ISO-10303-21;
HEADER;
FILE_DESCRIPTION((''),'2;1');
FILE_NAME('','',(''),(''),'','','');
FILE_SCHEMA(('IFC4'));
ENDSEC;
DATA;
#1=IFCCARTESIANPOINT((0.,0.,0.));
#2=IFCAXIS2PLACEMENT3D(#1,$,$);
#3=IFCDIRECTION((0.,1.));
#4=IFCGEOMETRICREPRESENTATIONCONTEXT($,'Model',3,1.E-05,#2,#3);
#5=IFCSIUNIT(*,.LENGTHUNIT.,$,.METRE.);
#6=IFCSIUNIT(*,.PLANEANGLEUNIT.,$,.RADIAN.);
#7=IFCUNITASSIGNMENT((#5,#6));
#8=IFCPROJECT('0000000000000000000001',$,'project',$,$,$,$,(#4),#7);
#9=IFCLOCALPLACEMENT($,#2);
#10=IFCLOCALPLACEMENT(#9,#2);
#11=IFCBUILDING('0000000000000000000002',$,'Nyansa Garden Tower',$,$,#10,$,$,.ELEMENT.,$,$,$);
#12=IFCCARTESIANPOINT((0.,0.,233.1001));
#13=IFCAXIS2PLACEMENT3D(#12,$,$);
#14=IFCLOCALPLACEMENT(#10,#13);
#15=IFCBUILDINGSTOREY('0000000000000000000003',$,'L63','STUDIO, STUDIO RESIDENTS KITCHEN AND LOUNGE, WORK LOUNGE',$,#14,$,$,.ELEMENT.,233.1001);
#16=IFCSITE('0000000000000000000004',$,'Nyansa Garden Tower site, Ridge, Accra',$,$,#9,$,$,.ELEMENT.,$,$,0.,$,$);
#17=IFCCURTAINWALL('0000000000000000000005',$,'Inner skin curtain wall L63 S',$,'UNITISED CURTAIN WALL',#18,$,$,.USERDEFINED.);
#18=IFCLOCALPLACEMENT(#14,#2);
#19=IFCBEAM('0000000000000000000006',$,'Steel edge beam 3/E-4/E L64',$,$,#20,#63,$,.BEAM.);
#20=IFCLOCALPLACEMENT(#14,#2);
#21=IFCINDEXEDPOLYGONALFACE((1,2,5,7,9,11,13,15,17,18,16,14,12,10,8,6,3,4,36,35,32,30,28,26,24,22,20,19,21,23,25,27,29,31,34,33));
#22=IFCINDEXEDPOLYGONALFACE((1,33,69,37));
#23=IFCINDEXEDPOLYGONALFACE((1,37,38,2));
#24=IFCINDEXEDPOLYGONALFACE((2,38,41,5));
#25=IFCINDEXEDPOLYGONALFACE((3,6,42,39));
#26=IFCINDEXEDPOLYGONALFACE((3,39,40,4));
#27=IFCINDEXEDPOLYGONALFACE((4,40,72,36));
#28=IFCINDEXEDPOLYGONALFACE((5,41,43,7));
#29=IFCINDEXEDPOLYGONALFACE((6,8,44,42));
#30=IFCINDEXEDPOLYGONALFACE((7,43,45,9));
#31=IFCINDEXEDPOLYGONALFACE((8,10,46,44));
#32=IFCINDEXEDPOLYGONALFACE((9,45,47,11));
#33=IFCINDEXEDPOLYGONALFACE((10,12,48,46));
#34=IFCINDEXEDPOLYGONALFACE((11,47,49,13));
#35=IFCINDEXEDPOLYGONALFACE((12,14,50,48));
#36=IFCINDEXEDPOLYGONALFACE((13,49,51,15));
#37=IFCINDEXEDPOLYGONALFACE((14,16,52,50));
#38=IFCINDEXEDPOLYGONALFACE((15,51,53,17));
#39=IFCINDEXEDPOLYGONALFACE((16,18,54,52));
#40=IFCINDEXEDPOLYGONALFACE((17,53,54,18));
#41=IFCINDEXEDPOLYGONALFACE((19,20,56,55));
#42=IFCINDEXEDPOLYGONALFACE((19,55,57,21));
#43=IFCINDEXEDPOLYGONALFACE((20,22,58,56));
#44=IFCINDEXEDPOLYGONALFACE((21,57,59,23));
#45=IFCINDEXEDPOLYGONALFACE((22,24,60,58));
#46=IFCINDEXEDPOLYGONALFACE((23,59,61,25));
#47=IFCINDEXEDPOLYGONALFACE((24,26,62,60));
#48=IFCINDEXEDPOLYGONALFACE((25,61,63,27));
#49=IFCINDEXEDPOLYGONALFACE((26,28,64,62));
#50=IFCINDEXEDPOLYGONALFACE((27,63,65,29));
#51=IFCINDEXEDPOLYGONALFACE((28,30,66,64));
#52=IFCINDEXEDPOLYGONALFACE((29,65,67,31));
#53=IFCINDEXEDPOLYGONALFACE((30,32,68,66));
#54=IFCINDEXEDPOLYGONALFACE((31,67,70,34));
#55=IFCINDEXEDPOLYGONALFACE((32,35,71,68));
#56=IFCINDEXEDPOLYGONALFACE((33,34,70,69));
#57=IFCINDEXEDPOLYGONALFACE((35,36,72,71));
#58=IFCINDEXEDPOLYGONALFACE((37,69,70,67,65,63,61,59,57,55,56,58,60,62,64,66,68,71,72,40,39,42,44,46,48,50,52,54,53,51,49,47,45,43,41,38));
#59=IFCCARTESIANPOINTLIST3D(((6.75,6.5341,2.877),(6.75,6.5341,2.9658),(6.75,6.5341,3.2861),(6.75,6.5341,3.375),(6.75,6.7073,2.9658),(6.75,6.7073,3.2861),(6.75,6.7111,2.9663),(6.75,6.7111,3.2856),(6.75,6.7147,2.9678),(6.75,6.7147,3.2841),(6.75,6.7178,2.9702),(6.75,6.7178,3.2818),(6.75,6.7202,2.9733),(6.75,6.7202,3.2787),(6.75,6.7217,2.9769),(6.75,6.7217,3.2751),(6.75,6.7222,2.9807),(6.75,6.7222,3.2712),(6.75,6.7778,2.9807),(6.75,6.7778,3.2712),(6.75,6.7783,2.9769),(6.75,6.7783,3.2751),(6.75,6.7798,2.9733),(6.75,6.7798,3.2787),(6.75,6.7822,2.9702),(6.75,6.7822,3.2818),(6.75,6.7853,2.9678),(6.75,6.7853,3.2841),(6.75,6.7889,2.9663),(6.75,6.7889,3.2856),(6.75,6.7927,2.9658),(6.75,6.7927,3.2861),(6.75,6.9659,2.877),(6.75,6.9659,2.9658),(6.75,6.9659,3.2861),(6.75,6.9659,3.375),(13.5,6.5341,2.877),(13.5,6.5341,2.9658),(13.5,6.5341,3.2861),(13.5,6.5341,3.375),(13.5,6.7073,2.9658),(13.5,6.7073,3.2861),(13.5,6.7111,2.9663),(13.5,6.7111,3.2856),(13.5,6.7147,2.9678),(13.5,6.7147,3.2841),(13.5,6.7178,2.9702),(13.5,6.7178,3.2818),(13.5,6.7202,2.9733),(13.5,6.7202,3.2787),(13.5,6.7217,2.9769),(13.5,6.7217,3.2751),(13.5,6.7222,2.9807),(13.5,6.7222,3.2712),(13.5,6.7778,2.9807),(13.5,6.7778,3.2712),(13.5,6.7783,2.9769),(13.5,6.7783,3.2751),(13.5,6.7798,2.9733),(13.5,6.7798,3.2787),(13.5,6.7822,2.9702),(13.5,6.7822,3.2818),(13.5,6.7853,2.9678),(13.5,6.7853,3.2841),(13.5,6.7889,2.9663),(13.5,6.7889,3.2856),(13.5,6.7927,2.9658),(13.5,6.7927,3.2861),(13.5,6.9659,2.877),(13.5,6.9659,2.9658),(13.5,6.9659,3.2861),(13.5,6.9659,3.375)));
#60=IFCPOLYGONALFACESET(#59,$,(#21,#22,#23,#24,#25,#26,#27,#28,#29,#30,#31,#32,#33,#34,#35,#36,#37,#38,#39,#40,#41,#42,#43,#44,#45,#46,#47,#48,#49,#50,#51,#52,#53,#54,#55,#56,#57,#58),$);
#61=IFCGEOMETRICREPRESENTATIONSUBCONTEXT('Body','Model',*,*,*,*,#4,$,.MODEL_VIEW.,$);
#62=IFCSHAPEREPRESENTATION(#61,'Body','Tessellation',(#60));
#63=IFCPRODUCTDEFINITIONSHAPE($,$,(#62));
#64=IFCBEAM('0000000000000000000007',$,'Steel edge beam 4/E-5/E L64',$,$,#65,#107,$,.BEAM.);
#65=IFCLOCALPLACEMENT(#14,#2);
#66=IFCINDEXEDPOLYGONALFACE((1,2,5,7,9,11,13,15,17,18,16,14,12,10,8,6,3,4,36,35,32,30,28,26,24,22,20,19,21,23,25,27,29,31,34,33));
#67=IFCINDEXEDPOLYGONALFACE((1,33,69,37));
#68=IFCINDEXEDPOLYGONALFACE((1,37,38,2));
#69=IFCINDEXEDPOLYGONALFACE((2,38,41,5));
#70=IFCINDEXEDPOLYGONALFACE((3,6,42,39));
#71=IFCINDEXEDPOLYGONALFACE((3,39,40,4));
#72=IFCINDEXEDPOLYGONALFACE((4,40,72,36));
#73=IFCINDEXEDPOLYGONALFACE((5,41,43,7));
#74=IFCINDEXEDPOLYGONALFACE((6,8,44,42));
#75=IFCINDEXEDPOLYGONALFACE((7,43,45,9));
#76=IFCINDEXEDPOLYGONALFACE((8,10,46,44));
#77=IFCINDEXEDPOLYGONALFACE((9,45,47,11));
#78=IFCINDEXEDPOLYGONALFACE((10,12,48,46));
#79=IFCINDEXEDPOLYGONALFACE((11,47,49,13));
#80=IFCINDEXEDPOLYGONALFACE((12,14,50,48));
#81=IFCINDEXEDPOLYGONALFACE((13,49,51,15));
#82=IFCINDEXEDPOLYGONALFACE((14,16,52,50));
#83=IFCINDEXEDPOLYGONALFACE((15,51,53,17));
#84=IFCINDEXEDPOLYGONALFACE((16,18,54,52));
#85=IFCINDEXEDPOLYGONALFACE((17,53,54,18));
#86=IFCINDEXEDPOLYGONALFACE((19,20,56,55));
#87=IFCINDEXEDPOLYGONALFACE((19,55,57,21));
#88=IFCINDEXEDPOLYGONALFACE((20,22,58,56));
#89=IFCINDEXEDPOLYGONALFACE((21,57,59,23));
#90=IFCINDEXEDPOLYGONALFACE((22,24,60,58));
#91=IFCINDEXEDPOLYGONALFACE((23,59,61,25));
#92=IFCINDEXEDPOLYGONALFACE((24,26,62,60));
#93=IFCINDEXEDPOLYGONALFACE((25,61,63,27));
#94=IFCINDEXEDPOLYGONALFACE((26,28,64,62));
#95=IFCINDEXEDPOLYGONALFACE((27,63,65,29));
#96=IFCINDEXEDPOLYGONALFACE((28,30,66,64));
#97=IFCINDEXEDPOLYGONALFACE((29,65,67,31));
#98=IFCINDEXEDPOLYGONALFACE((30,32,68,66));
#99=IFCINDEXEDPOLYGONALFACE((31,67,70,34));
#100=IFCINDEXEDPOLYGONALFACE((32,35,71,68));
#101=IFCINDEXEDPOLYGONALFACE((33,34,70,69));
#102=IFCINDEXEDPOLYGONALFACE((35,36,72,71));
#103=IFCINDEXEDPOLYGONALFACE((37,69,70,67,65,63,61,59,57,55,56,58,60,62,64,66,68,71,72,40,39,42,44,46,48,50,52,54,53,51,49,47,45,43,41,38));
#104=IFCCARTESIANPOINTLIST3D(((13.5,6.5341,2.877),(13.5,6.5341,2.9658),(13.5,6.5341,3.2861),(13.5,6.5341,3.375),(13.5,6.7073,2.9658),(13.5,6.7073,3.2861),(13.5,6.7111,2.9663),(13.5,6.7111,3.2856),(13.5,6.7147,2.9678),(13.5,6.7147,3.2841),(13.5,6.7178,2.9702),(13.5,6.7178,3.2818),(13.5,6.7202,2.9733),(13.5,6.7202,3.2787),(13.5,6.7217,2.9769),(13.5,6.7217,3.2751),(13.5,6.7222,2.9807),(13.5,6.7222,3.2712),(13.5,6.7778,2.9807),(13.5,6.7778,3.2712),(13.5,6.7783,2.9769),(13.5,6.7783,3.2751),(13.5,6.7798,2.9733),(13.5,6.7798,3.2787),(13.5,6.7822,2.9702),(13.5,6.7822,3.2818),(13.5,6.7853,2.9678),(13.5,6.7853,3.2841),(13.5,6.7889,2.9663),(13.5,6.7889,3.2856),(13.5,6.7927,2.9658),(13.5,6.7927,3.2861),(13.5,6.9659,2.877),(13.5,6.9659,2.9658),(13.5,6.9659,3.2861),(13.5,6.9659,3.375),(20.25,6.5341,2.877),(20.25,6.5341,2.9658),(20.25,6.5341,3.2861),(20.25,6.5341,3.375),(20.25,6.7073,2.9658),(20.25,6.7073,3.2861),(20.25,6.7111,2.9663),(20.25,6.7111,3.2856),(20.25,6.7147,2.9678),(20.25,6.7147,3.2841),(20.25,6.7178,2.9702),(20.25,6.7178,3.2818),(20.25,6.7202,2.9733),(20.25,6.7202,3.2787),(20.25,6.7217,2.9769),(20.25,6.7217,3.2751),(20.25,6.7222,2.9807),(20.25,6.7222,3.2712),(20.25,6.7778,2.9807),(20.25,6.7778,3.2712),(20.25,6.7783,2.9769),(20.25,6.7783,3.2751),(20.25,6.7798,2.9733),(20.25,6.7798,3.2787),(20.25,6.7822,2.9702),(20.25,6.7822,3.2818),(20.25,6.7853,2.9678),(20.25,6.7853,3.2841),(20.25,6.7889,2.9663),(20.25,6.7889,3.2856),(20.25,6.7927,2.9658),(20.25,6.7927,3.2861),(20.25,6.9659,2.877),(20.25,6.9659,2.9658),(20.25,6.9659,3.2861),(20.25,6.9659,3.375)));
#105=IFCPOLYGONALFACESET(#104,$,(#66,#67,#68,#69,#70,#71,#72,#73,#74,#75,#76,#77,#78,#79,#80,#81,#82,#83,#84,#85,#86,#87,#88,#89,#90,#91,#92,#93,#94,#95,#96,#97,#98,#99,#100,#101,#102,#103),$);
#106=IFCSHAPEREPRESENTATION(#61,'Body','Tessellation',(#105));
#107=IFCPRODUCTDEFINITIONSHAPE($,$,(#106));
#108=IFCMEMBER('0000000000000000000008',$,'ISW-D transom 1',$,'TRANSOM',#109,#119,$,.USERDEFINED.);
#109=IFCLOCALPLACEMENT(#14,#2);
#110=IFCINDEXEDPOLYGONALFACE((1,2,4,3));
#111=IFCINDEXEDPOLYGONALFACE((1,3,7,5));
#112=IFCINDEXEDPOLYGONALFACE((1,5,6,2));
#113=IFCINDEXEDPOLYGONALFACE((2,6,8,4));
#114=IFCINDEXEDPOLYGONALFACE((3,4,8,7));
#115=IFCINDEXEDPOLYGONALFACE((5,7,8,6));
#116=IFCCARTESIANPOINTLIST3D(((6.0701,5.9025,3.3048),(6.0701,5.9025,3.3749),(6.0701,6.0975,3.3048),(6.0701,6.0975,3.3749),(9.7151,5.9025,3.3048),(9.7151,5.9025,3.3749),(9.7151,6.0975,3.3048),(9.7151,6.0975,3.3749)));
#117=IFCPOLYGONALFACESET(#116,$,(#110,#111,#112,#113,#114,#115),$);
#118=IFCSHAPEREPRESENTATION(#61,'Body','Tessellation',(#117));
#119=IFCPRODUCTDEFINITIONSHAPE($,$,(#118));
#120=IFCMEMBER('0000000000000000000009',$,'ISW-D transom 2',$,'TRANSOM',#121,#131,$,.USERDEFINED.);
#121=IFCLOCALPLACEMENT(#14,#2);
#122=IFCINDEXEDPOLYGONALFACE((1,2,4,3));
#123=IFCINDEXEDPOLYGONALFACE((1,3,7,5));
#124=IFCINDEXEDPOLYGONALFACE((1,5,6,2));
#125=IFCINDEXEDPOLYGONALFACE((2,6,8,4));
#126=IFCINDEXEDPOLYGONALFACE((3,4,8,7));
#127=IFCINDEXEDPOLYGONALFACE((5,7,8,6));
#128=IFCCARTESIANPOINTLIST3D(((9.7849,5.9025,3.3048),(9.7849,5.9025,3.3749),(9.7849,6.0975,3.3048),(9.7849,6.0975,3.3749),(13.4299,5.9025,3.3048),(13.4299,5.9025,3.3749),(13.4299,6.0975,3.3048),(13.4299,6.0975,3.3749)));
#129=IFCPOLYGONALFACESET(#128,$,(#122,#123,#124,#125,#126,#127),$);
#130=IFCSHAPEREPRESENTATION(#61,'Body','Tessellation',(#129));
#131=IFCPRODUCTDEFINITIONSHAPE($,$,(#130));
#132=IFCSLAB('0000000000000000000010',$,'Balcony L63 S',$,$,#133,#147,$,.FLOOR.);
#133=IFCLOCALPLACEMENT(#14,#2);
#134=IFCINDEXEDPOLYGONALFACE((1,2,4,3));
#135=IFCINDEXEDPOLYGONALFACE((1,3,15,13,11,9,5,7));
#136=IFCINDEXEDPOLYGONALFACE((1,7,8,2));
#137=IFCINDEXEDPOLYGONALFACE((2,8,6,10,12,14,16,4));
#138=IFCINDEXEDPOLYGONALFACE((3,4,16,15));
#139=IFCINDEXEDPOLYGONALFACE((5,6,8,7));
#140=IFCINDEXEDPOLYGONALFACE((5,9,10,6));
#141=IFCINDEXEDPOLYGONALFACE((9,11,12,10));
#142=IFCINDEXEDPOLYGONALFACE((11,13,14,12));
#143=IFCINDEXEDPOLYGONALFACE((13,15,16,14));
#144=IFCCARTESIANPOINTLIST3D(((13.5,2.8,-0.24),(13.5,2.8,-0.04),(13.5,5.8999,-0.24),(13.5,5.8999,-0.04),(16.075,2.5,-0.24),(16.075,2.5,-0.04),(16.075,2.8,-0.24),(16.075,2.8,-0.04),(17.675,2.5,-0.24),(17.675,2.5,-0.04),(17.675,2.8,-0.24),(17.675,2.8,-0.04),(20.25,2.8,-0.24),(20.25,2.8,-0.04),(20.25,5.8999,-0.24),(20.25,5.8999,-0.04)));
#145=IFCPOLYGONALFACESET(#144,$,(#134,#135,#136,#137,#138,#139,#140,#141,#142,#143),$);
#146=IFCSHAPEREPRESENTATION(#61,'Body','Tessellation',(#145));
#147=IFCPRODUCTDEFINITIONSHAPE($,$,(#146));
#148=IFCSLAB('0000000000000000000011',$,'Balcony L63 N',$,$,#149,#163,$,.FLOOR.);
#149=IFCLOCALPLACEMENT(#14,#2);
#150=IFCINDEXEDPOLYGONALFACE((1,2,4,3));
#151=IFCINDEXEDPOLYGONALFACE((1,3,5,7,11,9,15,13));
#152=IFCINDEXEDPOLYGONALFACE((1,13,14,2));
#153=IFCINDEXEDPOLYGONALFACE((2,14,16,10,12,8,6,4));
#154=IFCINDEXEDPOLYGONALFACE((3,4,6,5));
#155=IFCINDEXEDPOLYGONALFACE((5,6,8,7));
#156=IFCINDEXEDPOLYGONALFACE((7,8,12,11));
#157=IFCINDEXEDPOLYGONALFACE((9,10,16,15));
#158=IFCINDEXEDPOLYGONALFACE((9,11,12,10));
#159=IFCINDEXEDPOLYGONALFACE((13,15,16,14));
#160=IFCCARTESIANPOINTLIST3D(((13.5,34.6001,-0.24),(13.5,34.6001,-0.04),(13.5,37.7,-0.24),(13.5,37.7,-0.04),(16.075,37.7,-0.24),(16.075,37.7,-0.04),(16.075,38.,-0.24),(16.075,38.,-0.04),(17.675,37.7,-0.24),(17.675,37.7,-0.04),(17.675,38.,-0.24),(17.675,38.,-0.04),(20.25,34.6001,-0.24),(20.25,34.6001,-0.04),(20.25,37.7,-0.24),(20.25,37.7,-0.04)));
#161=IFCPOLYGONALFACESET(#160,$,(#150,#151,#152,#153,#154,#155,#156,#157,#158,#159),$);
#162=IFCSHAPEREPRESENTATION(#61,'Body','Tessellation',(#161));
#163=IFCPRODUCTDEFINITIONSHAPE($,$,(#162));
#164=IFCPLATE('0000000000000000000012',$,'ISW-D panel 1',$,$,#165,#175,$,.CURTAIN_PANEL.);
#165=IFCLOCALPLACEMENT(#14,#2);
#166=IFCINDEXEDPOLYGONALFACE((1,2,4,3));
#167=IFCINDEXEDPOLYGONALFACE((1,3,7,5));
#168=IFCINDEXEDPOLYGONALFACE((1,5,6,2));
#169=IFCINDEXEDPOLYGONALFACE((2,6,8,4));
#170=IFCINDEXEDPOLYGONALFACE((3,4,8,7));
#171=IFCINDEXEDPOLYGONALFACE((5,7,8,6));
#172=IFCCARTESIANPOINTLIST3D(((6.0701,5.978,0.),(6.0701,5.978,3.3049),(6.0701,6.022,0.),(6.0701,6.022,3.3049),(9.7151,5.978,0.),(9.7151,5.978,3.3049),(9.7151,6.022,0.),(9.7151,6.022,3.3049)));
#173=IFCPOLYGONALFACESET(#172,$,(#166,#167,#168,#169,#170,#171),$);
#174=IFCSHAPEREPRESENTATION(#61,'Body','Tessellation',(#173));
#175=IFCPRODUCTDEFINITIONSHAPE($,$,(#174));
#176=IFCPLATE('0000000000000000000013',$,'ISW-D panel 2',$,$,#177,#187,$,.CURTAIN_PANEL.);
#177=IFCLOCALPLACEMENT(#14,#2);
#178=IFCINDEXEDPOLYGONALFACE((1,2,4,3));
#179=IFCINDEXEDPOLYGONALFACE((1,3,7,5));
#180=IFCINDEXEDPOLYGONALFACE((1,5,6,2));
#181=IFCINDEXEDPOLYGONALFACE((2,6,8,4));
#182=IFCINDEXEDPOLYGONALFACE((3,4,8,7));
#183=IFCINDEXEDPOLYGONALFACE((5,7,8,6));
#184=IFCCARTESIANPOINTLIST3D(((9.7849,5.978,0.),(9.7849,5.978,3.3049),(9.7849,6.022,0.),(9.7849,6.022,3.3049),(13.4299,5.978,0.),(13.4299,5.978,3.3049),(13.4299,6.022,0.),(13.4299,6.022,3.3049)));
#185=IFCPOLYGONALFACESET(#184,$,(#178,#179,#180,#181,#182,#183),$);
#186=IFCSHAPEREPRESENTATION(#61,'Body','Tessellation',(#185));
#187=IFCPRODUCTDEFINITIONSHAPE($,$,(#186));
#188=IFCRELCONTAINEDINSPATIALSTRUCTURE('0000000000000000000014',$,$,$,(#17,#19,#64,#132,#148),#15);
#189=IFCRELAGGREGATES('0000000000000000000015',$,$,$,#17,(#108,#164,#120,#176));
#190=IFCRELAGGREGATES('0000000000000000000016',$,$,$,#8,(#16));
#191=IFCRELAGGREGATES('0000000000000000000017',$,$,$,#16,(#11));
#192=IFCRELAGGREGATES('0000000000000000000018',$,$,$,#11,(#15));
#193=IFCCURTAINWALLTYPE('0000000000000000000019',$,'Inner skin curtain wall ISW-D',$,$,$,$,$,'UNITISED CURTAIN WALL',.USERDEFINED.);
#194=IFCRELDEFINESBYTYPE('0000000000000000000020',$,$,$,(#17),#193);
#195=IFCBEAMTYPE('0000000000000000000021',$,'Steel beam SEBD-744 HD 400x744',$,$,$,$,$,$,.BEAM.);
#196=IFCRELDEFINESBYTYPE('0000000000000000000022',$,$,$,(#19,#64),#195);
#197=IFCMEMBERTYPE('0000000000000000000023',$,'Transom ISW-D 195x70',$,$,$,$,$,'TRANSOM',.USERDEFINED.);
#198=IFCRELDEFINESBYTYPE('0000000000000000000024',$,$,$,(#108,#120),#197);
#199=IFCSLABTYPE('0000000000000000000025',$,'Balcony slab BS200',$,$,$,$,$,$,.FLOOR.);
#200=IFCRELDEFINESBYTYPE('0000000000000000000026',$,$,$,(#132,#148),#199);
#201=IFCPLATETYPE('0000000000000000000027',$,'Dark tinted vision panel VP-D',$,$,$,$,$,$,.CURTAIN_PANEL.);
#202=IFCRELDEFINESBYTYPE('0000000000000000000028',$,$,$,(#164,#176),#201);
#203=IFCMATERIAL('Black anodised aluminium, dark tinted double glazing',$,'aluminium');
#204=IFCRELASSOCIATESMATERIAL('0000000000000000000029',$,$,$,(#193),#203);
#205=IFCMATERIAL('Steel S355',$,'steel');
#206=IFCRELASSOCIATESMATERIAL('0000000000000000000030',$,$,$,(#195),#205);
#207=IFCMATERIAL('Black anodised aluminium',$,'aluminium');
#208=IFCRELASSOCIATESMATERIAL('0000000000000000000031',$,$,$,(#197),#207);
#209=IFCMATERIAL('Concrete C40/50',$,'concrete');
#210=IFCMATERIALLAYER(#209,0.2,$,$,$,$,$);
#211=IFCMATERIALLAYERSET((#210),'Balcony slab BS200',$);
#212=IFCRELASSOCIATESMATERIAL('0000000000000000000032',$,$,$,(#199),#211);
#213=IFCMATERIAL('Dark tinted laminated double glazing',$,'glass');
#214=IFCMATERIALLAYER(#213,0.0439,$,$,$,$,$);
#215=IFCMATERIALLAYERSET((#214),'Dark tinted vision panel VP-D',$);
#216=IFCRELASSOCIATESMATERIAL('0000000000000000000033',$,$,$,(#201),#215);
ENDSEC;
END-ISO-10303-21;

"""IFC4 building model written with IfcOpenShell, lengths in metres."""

from ifc_helpers import new_model, si_unit, direction, frame, origin, origin_2d, place, context, subcontext, project, spatial, polyline, rectangle, i_section, outline, extrude, material, layer, layer_set, material_profile, profile_set, type_object, element, aggregate, save


model = new_model("IFC4")

# Units and contexts
model_context = context("Model", 3, precision=1e-05, world=origin(), true_north=direction((0.0, 1.0)))
body_context = subcontext(model_context, "Body", "Model", "MODEL_VIEW")
ifc_project = project(units=[si_unit("LENGTHUNIT", "METRE"), si_unit("PLANEANGLEUNIT", "RADIAN")], contexts=[model_context])

# Site, building, storey
site_placement = place(None, origin())
site = spatial("IfcSite", under=ifc_project, at=site_placement, Name="Nyansa Garden Tower site, Ridge, Accra", CompositionType="ELEMENT", RefElevation=0.0)
building_placement = place(site_placement, origin())
building = spatial("IfcBuilding", under=site, at=building_placement, Name="Nyansa Garden Tower", CompositionType="ELEMENT")
storey_placement = place(building_placement, frame((0.0, 0.0, 233.1001)))
storey = spatial("IfcBuildingStorey", under=building, at=storey_placement, Name="L63", Description="STUDIO, STUDIO RESIDENTS KITCHEN AND LOUNGE, WORK LOUNGE", CompositionType="ELEMENT", Elevation=233.1001)

# Curtain wall
ifc_material_1 = material(Name="Black anodised aluminium, dark tinted double glazing", Category="aluminium")
curtain_wall_type = type_object("IfcCurtainWallType", Name="Inner skin curtain wall ISW-D", ElementType="UNITISED CURTAIN WALL", PredefinedType="USERDEFINED", material=ifc_material_1)
curtain_wall_placement = place(storey_placement, origin())
curtain_wall = element("IfcCurtainWall", 1, at=curtain_wall_placement, inside=storey, type_object=curtain_wall_type, Name="Inner skin curtain wall L63 S", ObjectType="UNITISED CURTAIN WALL", PredefinedType="USERDEFINED")

# Beams
ifc_material_2 = material(Name="Steel S355", Category="steel")
ifc_material_profile_1 = material_profile(ifc_material_2, i_section(OverallWidth=0.4319, OverallDepth=0.498, WebThickness=0.0557, FlangeThickness=0.0889, FilletRadius=0.0149, at=origin_2d()), Name="HD 400x744")
ifc_profile_set_1 = profile_set([ifc_material_profile_1], Name="Steel S355")
beam_type_1 = type_object("IfcBeamType", Name="Steel beam SEBD-744 HD 400x744", PredefinedType="BEAM", material=ifc_profile_set_1)
for number, where, z_axis, x_axis, name in (
    (2, (6.75, 6.75, 3.126), (1.0, 0.0, 0.0), (0.0, 1.0, 0.0), "Steel edge beam 3/E-4/E L64"),
    (3, (13.5, 6.75, 3.126), (1.0, 0.0, 0.0), (0.0, 1.0, 0.0), "Steel edge beam 4/E-5/E L64"),
):
    element("IfcBeam", number, at=place(storey_placement, frame(where, z_axis=z_axis, x_axis=x_axis)), inside=storey, type_object=beam_type_1, Name=name, PredefinedType="BEAM", context=body_context, shape_type="SweptSolid", body=[
        extrude(i_section(OverallWidth=0.4319, OverallDepth=0.498, WebThickness=0.0557, FlangeThickness=0.0889, FilletRadius=0.0149, at=origin_2d()), origin(), (0.0, 0.0, 1.0), 6.75),
    ])

# Members
ifc_material_3 = material(Name="Black anodised aluminium", Category="aluminium")
ifc_material_profile_2 = material_profile(ifc_material_3, rectangle(XDim=0.1951, YDim=0.0701, at=origin_2d()), Name="Transom 195x70")
ifc_profile_set_2 = profile_set([ifc_material_profile_2], Name="Black anodised aluminium")
member_type_1 = type_object("IfcMemberType", Name="Transom ISW-D 195x70", ElementType="TRANSOM", PredefinedType="USERDEFINED", material=ifc_profile_set_2)
member_1_placement = place(storey_placement, frame((6.0701, 6.0, 3.3398), z_axis=(1.0, 0.0, 0.0), x_axis=(0.0, 1.0, 0.0)))
member_1 = element("IfcMember", 4, at=member_1_placement, type_object=member_type_1, Name="ISW-D transom 1", ObjectType="TRANSOM", PredefinedType="USERDEFINED", context=body_context, shape_type="SweptSolid", body=[
    extrude(rectangle(XDim=0.1951, YDim=0.0701, at=origin_2d()), origin(), (0.0, 0.0, 1.0), 3.645),
])
member_2_placement = place(storey_placement, frame((9.7849, 6.0, 3.3398), z_axis=(1.0, 0.0, 0.0), x_axis=(0.0, 1.0, 0.0)))
member_2 = element("IfcMember", 5, at=member_2_placement, type_object=member_type_1, Name="ISW-D transom 2", ObjectType="TRANSOM", PredefinedType="USERDEFINED", context=body_context, shape_type="SweptSolid", body=[
    extrude(rectangle(XDim=0.1951, YDim=0.0701, at=origin_2d()), origin(), (0.0, 0.0, 1.0), 3.645),
])

# Slabs
ifc_material_4 = material(Name="Concrete C40/50", Category="concrete")
ifc_layer_1 = layer(ifc_material_4, 0.2)
ifc_layer_set_1 = layer_set([ifc_layer_1], Name="Balcony slab BS200")
slab_type_1 = type_object("IfcSlabType", Name="Balcony slab BS200", PredefinedType="FLOOR", material=ifc_layer_set_1)
slab_1_placement = place(storey_placement, frame((0.0, 0.0, -0.24)))
element("IfcSlab", 6, at=slab_1_placement, inside=storey, type_object=slab_type_1, Name="Balcony L63 S", PredefinedType="FLOOR", context=body_context, shape_type="SweptSolid", body=[
    extrude(outline(polyline([(13.5, 5.8999), (20.25, 5.8999), (20.25, 2.8), (17.675, 2.8), (17.675, 2.5), (16.075, 2.5), (16.075, 2.8), (13.5, 2.8), (13.5, 5.8999)])), origin(), (0.0, 0.0, 1.0), 0.2),
])
slab_2_placement = place(storey_placement, frame((0.0, 0.0, -0.24)))
element("IfcSlab", 7, at=slab_2_placement, inside=storey, type_object=slab_type_1, Name="Balcony L63 N", PredefinedType="FLOOR", context=body_context, shape_type="SweptSolid", body=[
    extrude(outline(polyline([(13.5, 34.6001), (20.25, 34.6001), (20.25, 37.7), (17.675, 37.7), (17.675, 38.0), (16.075, 38.0), (16.075, 37.7), (13.5, 37.7), (13.5, 34.6001)])), origin(), (0.0, 0.0, 1.0), 0.2),
])

# Plates
ifc_material_5 = material(Name="Dark tinted laminated double glazing", Category="glass")
ifc_layer_2 = layer(ifc_material_5, 0.0439)
ifc_layer_set_2 = layer_set([ifc_layer_2], Name="Dark tinted vision panel VP-D")
plate_type = type_object("IfcPlateType", Name="Dark tinted vision panel VP-D", PredefinedType="CURTAIN_PANEL", material=ifc_layer_set_2)
plate_1_placement = place(storey_placement, frame((7.8926, 6.0, 0.0), z_axis=(0.0, 0.0, 1.0), x_axis=(1.0, 0.0, 0.0)))
plate_1 = element("IfcPlate", 8, at=plate_1_placement, type_object=plate_type, Name="ISW-D panel 1", PredefinedType="CURTAIN_PANEL", context=body_context, shape_type="SweptSolid", body=[
    extrude(rectangle(XDim=3.645, YDim=0.0439, at=origin_2d()), origin(), (0.0, 0.0, 1.0), 3.3049),
])
plate_2_placement = place(storey_placement, frame((11.6074, 6.0, 0.0), z_axis=(0.0, 0.0, 1.0), x_axis=(1.0, 0.0, 0.0)))
plate_2 = element("IfcPlate", 9, at=plate_2_placement, type_object=plate_type, Name="ISW-D panel 2", PredefinedType="CURTAIN_PANEL", context=body_context, shape_type="SweptSolid", body=[
    extrude(rectangle(XDim=3.645, YDim=0.0439, at=origin_2d()), origin(), (0.0, 0.0, 1.0), 3.3049),
])
aggregate(curtain_wall, [member_1, plate_1, member_2, plate_2])

save(model, "model.ifc")
